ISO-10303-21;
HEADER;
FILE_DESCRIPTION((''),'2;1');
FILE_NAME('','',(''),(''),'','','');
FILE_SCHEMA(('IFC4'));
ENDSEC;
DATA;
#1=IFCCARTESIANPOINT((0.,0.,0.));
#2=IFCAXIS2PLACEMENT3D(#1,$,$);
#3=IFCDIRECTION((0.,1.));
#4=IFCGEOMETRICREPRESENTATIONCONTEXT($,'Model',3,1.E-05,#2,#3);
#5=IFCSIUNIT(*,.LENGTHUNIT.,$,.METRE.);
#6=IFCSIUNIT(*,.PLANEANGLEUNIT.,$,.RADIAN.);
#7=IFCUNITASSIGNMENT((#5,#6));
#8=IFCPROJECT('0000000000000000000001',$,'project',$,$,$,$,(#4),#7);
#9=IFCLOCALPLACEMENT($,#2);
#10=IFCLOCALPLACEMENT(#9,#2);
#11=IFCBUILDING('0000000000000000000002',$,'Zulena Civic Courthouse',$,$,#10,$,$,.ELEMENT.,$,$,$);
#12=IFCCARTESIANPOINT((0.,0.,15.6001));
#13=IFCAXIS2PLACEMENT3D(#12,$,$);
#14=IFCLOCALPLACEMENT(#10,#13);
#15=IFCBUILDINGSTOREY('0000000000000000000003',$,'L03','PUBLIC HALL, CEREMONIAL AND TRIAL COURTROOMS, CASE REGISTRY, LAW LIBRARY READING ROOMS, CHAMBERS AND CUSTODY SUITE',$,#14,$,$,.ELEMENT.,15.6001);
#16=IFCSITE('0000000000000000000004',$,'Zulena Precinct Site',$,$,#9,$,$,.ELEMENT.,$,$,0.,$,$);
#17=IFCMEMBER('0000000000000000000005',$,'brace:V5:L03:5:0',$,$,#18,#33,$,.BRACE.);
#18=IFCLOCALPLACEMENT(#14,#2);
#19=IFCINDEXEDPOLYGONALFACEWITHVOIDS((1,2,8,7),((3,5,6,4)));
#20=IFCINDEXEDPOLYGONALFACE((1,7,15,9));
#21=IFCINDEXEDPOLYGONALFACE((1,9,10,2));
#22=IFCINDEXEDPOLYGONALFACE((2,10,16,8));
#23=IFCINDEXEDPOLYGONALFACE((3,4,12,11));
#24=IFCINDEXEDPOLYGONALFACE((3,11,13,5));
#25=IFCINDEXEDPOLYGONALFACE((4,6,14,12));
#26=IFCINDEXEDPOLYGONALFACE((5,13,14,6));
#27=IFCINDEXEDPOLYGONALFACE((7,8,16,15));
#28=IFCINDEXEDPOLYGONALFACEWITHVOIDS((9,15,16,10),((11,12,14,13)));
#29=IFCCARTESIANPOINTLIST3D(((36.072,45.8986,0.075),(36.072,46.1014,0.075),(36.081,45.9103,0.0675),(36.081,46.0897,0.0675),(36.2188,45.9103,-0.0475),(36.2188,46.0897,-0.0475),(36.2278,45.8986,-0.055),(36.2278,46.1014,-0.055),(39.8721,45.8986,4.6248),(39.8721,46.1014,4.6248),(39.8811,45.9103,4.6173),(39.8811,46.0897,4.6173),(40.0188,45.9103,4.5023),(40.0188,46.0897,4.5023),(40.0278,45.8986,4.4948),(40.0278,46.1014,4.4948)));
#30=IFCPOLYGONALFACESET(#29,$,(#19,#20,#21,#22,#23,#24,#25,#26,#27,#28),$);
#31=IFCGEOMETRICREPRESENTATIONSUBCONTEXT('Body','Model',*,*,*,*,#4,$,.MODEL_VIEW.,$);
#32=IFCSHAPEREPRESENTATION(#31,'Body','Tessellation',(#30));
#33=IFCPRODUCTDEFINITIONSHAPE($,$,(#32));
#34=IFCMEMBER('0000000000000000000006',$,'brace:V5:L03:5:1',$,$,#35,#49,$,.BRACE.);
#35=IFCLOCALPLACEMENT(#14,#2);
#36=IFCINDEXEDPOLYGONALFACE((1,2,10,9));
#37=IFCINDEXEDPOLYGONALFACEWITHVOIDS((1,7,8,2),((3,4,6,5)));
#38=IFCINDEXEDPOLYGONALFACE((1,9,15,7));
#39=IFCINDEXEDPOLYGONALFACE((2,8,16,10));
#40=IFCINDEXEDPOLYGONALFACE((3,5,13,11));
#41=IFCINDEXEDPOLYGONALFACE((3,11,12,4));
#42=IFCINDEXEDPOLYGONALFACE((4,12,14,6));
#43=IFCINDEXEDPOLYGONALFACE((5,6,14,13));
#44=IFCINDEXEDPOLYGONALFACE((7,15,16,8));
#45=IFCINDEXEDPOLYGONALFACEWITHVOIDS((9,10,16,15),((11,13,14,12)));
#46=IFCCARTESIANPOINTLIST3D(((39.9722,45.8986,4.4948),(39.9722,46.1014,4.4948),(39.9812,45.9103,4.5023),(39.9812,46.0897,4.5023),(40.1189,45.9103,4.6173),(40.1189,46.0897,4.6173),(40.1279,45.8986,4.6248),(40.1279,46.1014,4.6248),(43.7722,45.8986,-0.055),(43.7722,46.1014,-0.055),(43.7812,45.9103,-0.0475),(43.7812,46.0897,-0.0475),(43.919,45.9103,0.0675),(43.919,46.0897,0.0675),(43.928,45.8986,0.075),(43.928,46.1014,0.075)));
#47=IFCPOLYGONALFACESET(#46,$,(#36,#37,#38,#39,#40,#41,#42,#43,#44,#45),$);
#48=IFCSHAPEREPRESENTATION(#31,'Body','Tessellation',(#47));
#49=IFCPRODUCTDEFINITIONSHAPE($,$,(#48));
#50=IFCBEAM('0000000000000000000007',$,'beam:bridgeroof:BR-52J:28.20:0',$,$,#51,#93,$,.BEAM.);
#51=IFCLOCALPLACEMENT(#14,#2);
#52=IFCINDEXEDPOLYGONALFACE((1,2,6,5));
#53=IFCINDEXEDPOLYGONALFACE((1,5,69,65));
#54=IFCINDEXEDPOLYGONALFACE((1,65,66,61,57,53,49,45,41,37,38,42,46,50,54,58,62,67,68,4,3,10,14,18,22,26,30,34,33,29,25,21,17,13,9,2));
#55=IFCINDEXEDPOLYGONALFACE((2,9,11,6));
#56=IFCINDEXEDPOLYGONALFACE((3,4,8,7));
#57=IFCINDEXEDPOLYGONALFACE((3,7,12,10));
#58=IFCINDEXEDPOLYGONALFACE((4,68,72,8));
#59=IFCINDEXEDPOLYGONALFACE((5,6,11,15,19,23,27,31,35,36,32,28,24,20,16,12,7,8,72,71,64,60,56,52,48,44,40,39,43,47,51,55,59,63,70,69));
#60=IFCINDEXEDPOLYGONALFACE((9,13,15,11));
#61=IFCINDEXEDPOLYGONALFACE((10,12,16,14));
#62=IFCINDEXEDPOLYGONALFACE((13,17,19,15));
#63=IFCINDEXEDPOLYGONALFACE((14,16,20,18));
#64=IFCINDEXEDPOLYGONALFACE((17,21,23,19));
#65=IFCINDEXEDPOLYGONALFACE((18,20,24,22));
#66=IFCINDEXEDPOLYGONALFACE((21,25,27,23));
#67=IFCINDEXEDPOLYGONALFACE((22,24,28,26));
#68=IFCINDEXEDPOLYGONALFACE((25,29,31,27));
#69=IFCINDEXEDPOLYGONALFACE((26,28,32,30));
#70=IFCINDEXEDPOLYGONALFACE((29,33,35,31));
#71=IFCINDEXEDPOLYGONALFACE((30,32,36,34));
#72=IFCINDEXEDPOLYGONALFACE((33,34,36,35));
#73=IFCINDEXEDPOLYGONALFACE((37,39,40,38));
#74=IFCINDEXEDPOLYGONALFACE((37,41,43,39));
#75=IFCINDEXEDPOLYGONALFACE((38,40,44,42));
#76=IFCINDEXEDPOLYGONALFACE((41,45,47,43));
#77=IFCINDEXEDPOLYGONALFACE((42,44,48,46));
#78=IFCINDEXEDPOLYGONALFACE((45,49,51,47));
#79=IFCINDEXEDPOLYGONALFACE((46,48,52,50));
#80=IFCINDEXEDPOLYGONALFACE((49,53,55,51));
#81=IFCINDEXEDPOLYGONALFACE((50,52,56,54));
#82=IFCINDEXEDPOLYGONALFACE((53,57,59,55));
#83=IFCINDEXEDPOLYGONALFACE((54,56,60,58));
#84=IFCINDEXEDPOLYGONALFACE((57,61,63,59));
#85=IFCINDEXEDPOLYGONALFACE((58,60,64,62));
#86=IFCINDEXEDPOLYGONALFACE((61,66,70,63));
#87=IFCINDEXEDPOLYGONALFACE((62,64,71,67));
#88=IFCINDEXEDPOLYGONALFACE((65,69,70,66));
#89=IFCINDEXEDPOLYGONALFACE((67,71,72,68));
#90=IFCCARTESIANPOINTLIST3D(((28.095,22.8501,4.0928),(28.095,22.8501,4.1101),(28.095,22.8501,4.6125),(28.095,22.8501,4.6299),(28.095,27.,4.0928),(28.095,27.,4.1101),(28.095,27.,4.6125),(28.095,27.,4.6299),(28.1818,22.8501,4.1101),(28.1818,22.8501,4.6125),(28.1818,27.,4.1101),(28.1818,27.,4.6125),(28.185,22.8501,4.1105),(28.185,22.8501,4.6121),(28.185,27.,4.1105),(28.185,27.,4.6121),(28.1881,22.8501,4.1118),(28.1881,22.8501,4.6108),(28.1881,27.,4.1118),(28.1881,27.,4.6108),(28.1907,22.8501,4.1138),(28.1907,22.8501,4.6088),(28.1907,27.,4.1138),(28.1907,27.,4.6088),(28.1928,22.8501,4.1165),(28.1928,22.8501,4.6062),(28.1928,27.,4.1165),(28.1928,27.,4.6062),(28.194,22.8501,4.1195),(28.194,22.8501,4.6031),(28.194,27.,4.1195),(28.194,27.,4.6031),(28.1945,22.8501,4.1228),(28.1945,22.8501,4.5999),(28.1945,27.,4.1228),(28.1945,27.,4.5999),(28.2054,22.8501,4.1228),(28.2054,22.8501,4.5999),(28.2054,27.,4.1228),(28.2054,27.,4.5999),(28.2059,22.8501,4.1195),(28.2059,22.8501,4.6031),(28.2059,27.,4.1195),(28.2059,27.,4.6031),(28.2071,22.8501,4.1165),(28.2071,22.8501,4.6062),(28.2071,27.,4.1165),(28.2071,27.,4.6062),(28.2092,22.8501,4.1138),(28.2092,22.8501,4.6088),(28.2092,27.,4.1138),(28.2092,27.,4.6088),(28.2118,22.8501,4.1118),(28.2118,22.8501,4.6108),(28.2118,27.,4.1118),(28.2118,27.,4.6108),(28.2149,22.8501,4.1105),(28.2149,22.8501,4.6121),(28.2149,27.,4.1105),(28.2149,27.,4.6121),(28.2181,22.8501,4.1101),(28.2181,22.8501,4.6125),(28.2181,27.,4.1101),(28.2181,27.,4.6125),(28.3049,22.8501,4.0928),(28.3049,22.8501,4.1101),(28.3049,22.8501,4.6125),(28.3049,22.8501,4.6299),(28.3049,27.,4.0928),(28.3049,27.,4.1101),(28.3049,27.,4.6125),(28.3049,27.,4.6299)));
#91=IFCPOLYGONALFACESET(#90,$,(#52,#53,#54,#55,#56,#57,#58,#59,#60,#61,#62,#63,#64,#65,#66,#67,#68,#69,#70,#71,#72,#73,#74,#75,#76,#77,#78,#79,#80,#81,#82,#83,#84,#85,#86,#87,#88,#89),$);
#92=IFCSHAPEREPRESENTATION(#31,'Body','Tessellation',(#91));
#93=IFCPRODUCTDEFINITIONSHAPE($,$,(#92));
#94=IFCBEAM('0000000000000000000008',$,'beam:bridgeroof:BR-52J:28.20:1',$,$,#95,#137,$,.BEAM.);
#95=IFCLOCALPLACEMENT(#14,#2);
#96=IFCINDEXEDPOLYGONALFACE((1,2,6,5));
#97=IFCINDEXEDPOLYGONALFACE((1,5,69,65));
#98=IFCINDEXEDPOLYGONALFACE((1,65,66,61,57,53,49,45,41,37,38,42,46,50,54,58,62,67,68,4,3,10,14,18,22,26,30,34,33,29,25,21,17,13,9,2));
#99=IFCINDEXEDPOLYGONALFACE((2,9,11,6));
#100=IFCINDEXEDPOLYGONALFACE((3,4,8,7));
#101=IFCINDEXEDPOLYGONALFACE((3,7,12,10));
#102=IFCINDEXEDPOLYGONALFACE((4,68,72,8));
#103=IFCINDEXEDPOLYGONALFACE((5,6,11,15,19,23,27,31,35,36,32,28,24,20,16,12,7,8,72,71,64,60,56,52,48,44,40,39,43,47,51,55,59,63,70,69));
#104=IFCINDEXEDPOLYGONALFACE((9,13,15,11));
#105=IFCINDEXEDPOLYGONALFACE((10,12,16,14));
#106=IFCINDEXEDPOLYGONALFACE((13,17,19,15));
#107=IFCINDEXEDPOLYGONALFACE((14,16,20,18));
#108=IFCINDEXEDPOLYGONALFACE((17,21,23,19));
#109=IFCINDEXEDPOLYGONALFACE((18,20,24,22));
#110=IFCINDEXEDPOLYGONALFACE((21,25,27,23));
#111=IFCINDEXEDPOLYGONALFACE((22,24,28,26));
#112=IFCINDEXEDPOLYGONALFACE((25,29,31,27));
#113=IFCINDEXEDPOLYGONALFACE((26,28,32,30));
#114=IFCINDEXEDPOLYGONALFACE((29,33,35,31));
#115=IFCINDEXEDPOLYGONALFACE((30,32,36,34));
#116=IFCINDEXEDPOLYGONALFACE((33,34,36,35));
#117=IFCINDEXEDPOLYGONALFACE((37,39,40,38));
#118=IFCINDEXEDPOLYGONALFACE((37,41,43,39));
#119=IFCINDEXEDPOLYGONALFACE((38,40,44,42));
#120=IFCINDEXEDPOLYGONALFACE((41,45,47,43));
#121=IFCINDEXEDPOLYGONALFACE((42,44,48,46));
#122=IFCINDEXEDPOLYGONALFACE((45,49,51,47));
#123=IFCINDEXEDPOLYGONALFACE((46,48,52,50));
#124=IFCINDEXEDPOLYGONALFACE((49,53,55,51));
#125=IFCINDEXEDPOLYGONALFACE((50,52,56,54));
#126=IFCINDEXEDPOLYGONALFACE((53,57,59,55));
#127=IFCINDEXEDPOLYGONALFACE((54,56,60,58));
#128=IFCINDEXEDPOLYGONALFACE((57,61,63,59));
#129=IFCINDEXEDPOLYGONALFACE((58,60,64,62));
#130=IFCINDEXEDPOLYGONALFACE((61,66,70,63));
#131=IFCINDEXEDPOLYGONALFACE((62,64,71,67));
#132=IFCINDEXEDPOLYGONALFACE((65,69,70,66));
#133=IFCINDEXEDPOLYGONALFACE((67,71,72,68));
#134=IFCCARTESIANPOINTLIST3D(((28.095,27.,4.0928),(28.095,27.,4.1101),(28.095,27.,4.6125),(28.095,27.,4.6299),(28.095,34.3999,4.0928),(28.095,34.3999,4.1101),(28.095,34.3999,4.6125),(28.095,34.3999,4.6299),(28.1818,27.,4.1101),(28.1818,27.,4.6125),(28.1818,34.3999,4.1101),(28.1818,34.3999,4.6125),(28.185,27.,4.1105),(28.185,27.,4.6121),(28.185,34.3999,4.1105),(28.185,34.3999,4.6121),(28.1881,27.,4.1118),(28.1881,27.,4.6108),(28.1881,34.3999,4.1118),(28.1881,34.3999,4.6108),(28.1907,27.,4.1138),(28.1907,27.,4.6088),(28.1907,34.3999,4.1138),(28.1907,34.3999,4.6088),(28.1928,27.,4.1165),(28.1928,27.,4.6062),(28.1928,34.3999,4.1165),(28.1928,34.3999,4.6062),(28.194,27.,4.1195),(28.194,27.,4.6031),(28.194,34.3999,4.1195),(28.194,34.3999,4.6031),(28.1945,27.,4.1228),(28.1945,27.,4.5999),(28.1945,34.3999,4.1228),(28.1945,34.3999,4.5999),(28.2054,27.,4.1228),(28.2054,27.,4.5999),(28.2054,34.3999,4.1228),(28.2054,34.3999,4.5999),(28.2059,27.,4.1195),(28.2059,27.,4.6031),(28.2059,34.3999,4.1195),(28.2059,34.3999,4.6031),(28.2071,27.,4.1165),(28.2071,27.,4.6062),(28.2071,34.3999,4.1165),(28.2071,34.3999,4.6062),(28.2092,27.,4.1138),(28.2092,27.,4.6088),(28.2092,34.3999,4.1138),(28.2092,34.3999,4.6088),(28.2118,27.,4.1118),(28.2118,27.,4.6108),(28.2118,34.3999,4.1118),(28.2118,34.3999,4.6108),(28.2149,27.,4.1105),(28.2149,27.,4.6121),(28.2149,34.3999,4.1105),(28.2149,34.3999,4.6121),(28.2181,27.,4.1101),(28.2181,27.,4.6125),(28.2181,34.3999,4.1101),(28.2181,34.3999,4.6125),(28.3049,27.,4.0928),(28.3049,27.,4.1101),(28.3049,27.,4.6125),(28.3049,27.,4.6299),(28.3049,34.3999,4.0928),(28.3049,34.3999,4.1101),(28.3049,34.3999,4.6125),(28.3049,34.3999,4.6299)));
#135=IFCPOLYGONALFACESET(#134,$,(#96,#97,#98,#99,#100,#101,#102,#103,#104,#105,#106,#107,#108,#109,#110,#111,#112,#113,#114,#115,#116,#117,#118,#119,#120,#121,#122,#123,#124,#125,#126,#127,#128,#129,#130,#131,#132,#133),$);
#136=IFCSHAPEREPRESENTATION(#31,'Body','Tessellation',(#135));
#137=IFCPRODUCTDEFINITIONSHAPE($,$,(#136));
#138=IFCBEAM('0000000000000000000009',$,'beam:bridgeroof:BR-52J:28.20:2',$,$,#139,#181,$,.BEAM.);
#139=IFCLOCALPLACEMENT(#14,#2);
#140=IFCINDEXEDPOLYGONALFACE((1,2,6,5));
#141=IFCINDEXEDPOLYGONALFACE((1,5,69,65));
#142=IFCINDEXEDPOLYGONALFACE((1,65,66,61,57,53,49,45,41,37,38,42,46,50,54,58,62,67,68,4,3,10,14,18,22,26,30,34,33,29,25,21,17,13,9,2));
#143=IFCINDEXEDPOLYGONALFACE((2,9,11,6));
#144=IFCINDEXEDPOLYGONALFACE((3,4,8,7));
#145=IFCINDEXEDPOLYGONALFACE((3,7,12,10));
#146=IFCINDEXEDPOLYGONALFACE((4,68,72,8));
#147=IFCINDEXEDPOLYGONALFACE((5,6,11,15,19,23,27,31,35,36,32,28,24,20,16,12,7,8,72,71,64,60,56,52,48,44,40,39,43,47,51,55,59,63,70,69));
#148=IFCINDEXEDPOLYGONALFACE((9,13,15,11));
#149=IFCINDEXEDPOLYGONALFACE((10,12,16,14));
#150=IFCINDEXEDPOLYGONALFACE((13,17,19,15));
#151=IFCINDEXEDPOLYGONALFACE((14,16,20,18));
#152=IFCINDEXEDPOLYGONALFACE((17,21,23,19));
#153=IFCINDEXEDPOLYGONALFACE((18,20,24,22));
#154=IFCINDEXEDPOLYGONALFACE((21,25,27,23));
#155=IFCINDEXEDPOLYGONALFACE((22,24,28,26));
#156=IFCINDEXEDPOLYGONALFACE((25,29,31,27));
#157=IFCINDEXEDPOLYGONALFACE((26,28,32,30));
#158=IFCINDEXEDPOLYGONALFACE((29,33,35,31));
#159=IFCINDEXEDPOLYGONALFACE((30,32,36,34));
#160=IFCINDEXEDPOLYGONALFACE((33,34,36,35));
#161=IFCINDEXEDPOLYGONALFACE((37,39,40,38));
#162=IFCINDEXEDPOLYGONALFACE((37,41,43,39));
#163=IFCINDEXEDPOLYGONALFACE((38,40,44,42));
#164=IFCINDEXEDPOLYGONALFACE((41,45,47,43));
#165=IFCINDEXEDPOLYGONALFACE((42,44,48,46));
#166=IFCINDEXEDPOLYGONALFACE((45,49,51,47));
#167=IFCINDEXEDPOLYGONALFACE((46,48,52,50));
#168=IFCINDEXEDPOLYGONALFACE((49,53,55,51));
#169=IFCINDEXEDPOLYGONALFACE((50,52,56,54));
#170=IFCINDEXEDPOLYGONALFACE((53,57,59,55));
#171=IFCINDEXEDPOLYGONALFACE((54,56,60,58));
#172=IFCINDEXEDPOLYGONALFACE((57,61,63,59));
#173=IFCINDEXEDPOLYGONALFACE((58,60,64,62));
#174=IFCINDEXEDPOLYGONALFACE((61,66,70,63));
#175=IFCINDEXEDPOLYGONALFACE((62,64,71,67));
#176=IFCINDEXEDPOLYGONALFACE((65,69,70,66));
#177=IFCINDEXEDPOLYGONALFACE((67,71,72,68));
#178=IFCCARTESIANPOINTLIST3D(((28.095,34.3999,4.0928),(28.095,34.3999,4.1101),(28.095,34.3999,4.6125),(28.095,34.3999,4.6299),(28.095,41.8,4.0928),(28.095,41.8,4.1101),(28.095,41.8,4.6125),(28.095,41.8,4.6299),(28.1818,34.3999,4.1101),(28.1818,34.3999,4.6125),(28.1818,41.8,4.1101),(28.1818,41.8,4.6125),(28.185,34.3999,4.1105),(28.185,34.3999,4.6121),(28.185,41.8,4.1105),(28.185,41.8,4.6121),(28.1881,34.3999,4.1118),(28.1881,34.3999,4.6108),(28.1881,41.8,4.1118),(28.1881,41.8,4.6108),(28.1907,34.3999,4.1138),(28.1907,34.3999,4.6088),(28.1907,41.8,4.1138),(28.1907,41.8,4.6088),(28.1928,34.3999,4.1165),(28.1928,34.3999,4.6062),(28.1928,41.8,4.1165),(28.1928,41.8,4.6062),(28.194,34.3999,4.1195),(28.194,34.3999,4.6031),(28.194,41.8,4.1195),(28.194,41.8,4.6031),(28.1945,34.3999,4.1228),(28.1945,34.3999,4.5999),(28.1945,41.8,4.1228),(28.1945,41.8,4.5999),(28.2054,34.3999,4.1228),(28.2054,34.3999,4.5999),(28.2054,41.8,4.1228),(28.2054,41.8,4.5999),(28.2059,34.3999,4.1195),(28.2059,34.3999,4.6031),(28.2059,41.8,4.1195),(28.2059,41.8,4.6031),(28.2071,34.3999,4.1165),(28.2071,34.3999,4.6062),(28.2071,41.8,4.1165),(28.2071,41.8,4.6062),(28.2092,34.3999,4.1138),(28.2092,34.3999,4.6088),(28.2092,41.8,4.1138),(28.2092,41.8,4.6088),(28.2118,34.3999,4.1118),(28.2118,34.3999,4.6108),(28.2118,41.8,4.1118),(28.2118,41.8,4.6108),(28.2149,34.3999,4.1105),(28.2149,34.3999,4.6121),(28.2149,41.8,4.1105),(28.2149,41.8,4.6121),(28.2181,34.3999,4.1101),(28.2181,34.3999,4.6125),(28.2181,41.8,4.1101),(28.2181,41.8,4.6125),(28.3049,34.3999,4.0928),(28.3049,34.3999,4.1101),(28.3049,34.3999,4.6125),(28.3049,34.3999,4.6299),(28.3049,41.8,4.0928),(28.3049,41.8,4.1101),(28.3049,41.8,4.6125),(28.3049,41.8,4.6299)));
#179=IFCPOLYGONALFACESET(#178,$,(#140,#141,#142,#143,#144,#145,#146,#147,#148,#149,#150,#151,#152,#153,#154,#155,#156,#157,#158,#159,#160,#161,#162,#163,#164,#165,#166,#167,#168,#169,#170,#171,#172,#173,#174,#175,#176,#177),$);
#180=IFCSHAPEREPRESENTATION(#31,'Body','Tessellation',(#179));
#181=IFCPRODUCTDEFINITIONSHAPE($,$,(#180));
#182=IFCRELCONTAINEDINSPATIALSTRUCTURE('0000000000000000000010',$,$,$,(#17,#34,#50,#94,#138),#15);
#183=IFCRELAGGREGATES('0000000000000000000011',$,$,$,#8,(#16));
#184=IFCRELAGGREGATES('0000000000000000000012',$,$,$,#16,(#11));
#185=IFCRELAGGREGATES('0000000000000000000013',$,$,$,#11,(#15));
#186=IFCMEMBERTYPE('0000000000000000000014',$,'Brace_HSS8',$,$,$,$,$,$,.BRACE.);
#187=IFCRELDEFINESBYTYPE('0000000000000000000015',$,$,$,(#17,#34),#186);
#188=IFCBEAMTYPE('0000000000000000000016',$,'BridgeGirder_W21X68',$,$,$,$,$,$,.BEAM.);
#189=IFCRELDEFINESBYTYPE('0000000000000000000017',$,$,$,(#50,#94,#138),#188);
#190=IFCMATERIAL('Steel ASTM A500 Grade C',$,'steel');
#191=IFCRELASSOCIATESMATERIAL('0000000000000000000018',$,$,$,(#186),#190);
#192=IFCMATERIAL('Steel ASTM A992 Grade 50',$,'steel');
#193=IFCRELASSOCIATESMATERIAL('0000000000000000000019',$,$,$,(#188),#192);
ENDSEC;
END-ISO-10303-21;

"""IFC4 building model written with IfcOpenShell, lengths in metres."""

from ifc_helpers import new_model, si_unit, direction, frame, origin, origin_2d, place, context, subcontext, project, spatial, hollow_rectangle, i_section, extrude, material, material_profile, profile_set, type_object, element, save


model = new_model("IFC4")

# Units and contexts
model_context = context("Model", 3, precision=1e-05, world=origin(), true_north=direction((0.0, 1.0)))
body_context = subcontext(model_context, "Body", "Model", "MODEL_VIEW")
ifc_project = project(units=[si_unit("LENGTHUNIT", "METRE"), si_unit("PLANEANGLEUNIT", "RADIAN")], contexts=[model_context])

# Site, building, storey
site_placement = place(None, origin())
site = spatial("IfcSite", under=ifc_project, at=site_placement, Name="Zulena Precinct Site", CompositionType="ELEMENT", RefElevation=0.0)
building_placement = place(site_placement, origin())
building = spatial("IfcBuilding", under=site, at=building_placement, Name="Zulena Civic Courthouse", CompositionType="ELEMENT")
storey_placement = place(building_placement, frame((0.0, 0.0, 15.6001)))
storey = spatial("IfcBuildingStorey", under=building, at=storey_placement, Name="L03", Description="PUBLIC HALL, CEREMONIAL AND TRIAL COURTROOMS, CASE REGISTRY, LAW LIBRARY READING ROOMS, CHAMBERS AND CUSTODY SUITE", CompositionType="ELEMENT", Elevation=15.6001)

# Shared definitions
ifc_material_1 = material(Name="Steel ASTM A992 Grade 50", Category="steel")

# Members
ifc_material_2 = material(Name="Steel ASTM A500 Grade C", Category="steel")
ifc_material_profile_1 = material_profile(ifc_material_2, hollow_rectangle(XDim=0.2029, YDim=0.2029, WallThickness=0.0117, at=origin_2d()), Name="HSS8X8X1/2")
ifc_profile_set_1 = profile_set([ifc_material_profile_1], Name="Steel ASTM A500 Grade C")
member_type = type_object("IfcMemberType", Name="Brace_HSS8", PredefinedType="BRACE", material=ifc_profile_set_1)
for number, where, z_axis, x_axis, name in (
    (1, (36.1499, 46.0, 0.01), (0.641035, 0.0, 0.767512), (0.0, 1.0, 0.0), "brace:V5:L03:5:0"),
    (2, (43.8501, 46.0, 0.01), (-0.641035, 0.0, 0.767512), (0.0, -1.0, 0.0), "brace:V5:L03:5:1"),
):
    element("IfcMember", number, at=place(storey_placement, frame(where, z_axis=z_axis, x_axis=x_axis)), inside=storey, type_object=member_type, Name=name, PredefinedType="BRACE", context=body_context, shape_type="SweptSolid", body=[
        extrude(hollow_rectangle(XDim=0.2029, YDim=0.2029, WallThickness=0.0117, at=origin_2d()), origin(), (0.0, 0.0, 1.0), 5.928),
    ])

# Beams
ifc_material_profile_2 = material_profile(ifc_material_1, i_section(OverallWidth=0.21, OverallDepth=0.5371, WebThickness=0.011, FlangeThickness=0.0173, FilletRadius=0.0127, at=origin_2d()), Name="W21X68")
ifc_profile_set_2 = profile_set([ifc_material_profile_2], Name="Steel ASTM A992 Grade 50")
beam_type_1 = type_object("IfcBeamType", Name="BridgeGirder_W21X68", PredefinedType="BEAM", material=ifc_profile_set_2)
beam_1_placement = place(storey_placement, frame((28.2, 22.8501, 4.3613), z_axis=(0.0, 1.0, 0.0), x_axis=(-1.0, 0.0, 0.0)))
element("IfcBeam", 3, at=beam_1_placement, inside=storey, type_object=beam_type_1, Name="beam:bridgeroof:BR-52J:28.20:0", PredefinedType="BEAM", context=body_context, shape_type="SweptSolid", body=[
    extrude(i_section(OverallWidth=0.21, OverallDepth=0.5371, WebThickness=0.011, FlangeThickness=0.0173, FilletRadius=0.0127, at=origin_2d()), origin(), (0.0, 0.0, 1.0), 4.1499),
])
beam_2_placement = place(storey_placement, frame((28.2, 27.0, 4.3613), z_axis=(0.0, 1.0, 0.0), x_axis=(-1.0, 0.0, 0.0)))
element("IfcBeam", 4, at=beam_2_placement, inside=storey, type_object=beam_type_1, Name="beam:bridgeroof:BR-52J:28.20:1", PredefinedType="BEAM", context=body_context, shape_type="SweptSolid", body=[
    extrude(i_section(OverallWidth=0.21, OverallDepth=0.5371, WebThickness=0.011, FlangeThickness=0.0173, FilletRadius=0.0127, at=origin_2d()), origin(), (0.0, 0.0, 1.0), 7.3999),
])
beam_3_placement = place(storey_placement, frame((28.2, 34.3999, 4.3613), z_axis=(0.0, 1.0, 0.0), x_axis=(-1.0, 0.0, 0.0)))
element("IfcBeam", 5, at=beam_3_placement, inside=storey, type_object=beam_type_1, Name="beam:bridgeroof:BR-52J:28.20:2", PredefinedType="BEAM", context=body_context, shape_type="SweptSolid", body=[
    extrude(i_section(OverallWidth=0.21, OverallDepth=0.5371, WebThickness=0.011, FlangeThickness=0.0173, FilletRadius=0.0127, at=origin_2d()), origin(), (0.0, 0.0, 1.0), 7.4001),
])

save(model, "model.ifc")
